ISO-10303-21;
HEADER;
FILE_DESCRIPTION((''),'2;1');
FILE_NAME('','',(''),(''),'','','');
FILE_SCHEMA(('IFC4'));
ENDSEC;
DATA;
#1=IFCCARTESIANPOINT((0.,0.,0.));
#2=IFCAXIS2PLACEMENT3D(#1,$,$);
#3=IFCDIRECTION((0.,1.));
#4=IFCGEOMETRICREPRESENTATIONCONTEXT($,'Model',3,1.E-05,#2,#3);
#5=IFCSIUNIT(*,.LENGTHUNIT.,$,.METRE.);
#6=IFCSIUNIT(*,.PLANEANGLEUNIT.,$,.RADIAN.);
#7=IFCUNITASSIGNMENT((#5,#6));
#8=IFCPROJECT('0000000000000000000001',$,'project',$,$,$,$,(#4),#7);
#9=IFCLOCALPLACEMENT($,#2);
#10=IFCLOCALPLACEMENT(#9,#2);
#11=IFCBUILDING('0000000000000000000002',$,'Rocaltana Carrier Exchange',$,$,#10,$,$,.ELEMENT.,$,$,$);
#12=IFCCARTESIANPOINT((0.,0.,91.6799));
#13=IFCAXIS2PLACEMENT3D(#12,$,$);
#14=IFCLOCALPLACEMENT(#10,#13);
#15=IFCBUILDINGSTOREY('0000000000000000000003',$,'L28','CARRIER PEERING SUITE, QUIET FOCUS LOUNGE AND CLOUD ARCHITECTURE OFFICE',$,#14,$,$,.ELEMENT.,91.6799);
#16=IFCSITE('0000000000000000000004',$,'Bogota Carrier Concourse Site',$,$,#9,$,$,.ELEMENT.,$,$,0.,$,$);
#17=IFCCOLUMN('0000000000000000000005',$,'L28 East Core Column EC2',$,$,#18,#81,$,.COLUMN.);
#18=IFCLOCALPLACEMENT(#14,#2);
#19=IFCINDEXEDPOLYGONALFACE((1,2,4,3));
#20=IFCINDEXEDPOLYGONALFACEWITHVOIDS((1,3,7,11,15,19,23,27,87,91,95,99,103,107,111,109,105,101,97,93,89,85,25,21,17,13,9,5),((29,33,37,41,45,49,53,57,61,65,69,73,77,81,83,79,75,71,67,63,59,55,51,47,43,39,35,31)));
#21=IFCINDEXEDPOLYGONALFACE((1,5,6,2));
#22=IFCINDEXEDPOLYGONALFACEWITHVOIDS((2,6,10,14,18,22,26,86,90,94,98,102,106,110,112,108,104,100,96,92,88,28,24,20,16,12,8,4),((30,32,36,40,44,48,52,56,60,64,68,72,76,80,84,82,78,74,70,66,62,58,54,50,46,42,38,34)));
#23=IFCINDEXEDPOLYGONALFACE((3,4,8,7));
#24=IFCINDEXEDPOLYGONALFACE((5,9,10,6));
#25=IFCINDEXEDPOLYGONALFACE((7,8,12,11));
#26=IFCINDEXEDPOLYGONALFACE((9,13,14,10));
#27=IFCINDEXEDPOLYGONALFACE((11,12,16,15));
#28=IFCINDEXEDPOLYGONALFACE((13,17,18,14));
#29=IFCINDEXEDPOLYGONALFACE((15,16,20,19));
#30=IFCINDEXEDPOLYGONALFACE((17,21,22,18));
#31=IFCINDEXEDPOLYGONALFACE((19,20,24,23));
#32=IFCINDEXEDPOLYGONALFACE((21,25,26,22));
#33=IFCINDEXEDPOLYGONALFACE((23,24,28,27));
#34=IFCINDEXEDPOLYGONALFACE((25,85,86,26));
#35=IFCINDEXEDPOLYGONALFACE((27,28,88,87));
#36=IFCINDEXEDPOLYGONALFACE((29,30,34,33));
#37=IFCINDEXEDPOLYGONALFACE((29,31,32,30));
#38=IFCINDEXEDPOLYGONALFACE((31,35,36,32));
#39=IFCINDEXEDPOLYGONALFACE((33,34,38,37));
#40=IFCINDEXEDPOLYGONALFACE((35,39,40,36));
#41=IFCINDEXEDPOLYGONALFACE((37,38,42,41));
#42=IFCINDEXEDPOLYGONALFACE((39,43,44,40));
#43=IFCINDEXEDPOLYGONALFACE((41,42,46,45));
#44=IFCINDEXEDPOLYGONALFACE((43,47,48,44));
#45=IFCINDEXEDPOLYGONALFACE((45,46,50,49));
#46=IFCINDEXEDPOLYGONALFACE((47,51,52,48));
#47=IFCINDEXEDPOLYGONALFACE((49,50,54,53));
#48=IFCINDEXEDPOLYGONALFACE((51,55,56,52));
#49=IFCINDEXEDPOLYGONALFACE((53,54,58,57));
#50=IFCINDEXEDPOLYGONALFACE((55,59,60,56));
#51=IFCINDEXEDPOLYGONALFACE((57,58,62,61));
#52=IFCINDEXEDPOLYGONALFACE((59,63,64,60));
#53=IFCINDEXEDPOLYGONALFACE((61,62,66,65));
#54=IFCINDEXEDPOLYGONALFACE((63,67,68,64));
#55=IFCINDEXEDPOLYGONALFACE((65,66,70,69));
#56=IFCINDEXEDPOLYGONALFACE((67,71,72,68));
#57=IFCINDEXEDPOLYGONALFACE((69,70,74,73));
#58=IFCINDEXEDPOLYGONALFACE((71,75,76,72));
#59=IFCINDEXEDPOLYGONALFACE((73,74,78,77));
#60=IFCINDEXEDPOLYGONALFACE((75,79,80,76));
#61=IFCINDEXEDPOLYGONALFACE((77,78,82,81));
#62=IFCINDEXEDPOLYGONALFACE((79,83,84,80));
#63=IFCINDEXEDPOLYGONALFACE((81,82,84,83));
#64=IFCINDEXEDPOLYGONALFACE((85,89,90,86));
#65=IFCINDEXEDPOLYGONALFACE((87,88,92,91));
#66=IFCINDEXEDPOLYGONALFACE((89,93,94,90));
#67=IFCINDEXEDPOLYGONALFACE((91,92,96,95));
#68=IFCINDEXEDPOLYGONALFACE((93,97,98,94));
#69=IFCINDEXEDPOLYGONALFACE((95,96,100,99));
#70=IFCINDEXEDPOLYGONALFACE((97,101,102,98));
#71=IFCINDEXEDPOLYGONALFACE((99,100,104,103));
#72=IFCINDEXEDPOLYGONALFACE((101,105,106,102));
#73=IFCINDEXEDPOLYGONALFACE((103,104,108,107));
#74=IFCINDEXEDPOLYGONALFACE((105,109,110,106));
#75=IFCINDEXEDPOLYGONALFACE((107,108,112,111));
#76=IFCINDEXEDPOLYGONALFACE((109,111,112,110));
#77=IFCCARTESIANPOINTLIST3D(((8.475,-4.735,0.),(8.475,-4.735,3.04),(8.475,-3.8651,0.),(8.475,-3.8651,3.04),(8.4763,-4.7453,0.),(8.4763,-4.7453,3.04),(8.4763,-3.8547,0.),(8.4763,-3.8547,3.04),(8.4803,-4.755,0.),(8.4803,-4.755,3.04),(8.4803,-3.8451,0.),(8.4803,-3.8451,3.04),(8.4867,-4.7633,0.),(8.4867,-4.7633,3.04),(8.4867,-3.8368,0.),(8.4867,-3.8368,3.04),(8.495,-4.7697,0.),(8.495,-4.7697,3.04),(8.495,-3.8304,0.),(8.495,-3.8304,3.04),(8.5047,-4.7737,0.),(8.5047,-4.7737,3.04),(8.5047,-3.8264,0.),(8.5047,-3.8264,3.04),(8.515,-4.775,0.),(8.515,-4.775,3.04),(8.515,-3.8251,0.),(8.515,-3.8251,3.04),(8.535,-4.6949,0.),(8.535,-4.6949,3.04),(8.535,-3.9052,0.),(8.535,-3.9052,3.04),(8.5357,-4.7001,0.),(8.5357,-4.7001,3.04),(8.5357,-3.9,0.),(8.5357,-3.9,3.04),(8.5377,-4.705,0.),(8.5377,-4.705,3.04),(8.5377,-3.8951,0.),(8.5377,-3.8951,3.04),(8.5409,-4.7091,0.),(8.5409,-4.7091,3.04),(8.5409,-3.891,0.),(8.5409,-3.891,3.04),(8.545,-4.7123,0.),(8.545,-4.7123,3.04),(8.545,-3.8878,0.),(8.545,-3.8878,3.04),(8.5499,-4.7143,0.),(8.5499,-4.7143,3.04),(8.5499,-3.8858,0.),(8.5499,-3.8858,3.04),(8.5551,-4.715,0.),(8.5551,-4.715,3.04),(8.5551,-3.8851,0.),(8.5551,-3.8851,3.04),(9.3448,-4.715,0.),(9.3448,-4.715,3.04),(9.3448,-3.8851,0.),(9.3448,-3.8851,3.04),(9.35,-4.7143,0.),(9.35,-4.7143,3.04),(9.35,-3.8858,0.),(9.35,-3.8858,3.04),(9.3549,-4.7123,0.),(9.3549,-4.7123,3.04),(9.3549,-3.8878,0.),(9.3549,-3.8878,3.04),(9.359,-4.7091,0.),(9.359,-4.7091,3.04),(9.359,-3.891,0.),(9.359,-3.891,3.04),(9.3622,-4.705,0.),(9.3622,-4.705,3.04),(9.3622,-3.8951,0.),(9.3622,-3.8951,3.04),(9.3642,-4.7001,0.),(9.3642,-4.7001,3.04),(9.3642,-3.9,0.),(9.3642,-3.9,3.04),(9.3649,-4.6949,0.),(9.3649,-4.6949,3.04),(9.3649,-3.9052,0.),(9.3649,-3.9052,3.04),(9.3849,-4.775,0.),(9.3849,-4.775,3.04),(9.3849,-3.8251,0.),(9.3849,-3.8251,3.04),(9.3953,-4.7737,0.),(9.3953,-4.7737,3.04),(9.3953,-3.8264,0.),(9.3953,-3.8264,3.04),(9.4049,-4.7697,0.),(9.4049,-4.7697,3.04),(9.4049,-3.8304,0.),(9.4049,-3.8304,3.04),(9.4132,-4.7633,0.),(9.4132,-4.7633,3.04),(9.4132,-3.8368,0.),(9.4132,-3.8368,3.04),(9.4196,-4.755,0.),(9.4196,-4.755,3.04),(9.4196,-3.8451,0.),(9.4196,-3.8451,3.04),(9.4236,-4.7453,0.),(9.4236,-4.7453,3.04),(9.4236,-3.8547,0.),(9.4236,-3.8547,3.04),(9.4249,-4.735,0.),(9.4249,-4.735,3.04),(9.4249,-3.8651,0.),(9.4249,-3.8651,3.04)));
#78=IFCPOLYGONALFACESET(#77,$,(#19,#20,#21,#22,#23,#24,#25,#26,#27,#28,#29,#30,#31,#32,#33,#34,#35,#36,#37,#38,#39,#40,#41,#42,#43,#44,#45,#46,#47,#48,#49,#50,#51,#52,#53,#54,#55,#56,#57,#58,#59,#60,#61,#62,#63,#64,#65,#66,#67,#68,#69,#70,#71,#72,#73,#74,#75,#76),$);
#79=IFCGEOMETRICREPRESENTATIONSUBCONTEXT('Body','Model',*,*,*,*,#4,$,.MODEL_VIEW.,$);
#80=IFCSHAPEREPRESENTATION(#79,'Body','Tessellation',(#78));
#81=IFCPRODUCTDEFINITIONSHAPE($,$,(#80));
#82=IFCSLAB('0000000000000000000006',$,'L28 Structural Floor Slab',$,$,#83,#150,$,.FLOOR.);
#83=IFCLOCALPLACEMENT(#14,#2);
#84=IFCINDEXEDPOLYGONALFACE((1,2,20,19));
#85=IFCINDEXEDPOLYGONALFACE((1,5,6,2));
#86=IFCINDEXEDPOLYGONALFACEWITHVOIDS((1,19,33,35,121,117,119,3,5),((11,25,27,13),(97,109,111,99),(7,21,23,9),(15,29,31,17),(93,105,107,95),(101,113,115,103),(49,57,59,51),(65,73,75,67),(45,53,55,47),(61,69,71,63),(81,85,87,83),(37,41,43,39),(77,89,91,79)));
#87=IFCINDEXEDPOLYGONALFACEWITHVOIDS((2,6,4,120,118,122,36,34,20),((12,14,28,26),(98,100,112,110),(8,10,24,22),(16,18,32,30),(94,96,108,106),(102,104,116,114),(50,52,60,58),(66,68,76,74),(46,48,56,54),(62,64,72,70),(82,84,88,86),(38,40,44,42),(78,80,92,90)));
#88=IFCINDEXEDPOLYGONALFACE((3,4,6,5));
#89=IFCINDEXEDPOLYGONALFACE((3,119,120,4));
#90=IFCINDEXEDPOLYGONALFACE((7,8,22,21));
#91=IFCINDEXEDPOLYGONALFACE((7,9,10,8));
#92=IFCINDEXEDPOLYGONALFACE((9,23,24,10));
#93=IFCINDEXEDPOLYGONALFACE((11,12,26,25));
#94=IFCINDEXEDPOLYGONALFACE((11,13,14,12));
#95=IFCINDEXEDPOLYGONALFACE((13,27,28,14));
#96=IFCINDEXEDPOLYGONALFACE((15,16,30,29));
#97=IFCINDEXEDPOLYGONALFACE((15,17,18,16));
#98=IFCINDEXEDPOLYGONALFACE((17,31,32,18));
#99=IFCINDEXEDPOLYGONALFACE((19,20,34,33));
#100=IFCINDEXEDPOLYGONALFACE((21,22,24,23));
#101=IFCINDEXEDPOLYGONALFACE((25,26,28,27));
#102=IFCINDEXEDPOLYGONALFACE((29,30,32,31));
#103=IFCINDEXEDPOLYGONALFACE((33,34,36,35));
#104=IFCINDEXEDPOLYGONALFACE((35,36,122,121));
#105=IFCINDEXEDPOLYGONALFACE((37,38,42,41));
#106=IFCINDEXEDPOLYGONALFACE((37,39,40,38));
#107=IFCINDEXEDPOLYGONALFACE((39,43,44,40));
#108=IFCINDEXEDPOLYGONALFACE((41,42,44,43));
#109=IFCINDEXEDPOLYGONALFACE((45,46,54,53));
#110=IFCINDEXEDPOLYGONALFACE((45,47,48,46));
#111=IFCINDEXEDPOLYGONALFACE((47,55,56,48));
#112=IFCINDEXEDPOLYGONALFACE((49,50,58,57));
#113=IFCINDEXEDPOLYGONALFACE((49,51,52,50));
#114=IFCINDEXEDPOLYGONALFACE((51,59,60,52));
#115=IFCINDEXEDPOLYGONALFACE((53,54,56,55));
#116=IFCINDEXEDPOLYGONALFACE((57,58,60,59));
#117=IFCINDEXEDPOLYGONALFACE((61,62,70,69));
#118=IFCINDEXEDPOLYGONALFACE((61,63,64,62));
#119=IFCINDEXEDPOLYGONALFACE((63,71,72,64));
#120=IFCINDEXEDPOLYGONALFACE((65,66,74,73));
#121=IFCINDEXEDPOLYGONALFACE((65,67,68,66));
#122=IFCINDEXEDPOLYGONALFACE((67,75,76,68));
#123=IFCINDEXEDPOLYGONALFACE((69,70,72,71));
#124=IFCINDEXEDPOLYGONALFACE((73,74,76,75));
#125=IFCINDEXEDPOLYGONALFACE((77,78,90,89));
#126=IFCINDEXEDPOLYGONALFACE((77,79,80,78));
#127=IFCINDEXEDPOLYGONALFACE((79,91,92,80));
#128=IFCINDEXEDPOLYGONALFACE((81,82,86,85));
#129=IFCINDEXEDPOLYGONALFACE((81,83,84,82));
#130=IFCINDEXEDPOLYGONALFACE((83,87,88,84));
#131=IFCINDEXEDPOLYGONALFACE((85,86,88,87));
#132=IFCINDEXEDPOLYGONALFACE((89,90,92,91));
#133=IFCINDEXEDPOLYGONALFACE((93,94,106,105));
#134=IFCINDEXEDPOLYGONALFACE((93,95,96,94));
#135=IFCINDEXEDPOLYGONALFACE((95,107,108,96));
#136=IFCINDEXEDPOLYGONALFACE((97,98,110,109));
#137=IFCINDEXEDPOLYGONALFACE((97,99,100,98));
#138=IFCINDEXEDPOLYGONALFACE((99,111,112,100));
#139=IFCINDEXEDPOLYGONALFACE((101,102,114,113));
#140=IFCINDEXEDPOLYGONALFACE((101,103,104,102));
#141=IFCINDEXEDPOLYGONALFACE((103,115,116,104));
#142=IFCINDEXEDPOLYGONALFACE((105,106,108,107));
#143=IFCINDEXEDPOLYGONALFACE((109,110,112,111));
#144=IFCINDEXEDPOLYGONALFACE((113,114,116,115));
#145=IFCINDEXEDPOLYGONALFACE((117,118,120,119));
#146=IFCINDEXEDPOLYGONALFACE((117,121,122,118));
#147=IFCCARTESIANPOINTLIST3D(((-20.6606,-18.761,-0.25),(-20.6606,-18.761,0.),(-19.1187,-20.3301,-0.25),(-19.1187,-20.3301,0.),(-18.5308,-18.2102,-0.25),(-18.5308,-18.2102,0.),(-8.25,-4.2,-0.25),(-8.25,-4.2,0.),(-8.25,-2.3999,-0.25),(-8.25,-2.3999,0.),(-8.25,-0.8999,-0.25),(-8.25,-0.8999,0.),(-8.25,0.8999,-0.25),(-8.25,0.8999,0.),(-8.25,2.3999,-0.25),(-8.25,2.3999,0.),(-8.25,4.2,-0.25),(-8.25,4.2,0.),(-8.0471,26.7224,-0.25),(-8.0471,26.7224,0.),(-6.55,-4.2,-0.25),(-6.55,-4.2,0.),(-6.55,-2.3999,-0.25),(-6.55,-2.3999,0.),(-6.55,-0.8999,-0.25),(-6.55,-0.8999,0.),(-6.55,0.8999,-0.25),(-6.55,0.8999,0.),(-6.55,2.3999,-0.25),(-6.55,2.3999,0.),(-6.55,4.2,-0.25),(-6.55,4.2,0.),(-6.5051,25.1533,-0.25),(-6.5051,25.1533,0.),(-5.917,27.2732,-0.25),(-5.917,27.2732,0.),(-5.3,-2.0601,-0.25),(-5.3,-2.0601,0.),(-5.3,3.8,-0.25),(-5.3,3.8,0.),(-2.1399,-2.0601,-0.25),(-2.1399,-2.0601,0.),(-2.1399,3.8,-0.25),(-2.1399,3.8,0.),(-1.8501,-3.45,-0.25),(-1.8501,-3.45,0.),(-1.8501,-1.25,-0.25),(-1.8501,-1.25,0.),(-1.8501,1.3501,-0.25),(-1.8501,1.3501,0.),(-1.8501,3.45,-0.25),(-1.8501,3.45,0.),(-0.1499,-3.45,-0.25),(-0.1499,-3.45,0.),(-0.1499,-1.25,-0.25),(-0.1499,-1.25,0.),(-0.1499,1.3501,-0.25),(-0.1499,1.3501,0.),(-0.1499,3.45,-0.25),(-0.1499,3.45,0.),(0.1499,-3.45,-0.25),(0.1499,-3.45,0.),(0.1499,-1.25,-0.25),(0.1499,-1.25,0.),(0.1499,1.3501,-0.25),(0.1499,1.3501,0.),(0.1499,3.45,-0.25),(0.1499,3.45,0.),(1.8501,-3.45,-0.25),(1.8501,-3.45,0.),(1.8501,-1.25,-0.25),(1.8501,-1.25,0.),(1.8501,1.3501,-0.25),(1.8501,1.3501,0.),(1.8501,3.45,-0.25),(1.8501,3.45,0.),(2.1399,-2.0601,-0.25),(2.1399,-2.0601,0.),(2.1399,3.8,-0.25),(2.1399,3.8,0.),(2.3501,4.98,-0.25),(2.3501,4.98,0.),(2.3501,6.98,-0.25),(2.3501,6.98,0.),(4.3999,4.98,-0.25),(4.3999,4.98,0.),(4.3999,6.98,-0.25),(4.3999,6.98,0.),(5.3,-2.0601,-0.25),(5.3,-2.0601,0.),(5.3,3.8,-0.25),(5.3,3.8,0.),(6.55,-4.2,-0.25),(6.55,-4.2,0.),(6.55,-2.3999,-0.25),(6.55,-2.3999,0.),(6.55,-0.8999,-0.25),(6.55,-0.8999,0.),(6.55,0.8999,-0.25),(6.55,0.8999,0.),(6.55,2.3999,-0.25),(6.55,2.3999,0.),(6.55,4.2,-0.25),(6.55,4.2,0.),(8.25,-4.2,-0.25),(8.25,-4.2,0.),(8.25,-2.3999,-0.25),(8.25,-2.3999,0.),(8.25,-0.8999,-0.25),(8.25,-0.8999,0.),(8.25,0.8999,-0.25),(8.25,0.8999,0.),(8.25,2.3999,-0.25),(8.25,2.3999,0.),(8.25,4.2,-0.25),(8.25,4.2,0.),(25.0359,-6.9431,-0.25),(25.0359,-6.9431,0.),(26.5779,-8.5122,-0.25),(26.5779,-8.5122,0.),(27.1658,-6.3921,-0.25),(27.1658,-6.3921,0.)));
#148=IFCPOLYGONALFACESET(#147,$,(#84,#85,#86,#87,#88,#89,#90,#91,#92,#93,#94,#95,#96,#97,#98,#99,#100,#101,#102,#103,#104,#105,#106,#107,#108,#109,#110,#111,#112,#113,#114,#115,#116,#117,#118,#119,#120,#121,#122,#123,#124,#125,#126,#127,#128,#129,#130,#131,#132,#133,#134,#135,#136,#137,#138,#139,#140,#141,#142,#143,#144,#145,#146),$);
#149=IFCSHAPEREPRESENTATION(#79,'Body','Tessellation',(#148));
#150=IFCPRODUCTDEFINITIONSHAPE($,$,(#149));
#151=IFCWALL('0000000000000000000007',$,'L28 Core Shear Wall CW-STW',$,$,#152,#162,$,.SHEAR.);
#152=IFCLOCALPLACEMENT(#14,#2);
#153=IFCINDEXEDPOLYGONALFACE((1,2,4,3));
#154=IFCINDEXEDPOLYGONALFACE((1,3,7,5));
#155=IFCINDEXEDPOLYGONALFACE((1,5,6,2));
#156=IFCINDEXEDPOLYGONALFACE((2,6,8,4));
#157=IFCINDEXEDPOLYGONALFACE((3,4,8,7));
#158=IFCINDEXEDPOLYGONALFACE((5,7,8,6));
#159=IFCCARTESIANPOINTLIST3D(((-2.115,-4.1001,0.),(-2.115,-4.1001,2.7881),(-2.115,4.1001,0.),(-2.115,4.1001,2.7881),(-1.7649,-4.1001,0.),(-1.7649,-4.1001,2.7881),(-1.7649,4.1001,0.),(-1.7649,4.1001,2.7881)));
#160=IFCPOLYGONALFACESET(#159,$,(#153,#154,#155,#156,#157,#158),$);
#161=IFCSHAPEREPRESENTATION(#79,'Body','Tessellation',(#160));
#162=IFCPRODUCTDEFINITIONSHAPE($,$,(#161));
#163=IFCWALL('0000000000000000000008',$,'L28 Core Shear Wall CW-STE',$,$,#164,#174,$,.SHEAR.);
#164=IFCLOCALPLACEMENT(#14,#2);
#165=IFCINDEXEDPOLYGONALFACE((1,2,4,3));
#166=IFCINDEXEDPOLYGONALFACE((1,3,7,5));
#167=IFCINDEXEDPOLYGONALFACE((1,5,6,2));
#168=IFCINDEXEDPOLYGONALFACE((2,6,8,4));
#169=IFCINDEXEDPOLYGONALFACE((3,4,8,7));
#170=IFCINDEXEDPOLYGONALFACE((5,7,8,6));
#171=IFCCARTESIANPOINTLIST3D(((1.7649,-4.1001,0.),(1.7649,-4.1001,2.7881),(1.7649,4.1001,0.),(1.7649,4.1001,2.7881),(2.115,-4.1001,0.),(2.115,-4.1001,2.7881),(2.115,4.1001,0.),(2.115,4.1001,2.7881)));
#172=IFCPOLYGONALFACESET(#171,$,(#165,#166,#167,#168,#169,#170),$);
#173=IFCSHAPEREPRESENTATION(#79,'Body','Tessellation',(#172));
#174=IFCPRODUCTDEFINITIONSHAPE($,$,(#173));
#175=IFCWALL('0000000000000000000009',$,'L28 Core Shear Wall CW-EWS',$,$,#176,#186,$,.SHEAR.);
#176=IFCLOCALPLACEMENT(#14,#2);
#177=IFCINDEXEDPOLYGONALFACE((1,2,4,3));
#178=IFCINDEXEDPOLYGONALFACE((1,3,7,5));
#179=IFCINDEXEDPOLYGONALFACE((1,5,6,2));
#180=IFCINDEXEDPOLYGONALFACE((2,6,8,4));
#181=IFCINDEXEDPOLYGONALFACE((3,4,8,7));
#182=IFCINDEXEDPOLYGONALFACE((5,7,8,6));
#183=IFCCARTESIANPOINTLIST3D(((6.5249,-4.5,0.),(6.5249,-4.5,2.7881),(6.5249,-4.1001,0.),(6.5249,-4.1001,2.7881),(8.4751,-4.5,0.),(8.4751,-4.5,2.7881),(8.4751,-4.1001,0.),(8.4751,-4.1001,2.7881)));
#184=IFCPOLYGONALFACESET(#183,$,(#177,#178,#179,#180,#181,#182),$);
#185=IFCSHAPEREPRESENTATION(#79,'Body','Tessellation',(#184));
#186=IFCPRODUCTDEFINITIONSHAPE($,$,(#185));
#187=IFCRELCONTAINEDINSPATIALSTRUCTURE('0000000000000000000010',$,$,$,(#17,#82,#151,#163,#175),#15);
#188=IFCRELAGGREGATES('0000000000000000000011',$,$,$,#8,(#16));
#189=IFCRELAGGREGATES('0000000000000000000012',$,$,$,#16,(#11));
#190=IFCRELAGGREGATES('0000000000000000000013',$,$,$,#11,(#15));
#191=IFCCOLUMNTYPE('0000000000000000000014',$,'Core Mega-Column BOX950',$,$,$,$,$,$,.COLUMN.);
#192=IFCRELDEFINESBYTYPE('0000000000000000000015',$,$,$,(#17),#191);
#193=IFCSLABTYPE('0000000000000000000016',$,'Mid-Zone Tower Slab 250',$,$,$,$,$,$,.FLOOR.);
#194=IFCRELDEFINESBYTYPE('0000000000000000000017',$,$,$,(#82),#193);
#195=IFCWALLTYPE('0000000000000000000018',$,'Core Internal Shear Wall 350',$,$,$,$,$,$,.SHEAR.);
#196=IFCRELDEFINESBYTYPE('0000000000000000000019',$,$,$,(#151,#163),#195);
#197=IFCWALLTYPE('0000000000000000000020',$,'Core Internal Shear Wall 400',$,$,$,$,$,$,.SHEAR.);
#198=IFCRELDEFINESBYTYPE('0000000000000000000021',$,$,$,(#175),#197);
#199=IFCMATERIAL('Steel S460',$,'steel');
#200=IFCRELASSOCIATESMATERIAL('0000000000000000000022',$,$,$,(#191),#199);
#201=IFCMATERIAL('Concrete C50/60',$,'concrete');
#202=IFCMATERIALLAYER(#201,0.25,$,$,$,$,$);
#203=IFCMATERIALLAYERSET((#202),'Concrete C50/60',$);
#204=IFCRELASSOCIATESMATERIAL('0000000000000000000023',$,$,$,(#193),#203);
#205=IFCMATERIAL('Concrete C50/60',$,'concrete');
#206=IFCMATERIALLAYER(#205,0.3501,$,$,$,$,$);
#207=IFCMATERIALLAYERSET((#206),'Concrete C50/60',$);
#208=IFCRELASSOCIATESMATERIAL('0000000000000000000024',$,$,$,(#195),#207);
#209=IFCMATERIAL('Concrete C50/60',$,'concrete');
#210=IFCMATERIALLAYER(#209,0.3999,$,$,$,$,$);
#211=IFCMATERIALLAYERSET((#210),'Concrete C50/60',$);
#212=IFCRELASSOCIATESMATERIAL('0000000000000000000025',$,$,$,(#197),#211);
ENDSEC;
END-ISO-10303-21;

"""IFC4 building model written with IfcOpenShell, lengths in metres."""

from ifc_helpers import new_model, si_unit, direction, frame, frame_2d, origin, origin_2d, place, context, subcontext, project, spatial, polyline, rectangle, hollow_rectangle, outline, extrude, material, layer, layer_set, material_profile, profile_set, type_object, element, save


model = new_model("IFC4")

# Units and contexts
model_context = context("Model", 3, precision=1e-05, world=origin(), true_north=direction((0.0, 1.0)))
body_context = subcontext(model_context, "Body", "Model", "MODEL_VIEW")
ifc_project = project(units=[si_unit("LENGTHUNIT", "METRE"), si_unit("PLANEANGLEUNIT", "RADIAN")], contexts=[model_context])

# Site, building, storey
site_placement = place(None, origin())
site = spatial("IfcSite", under=ifc_project, at=site_placement, Name="Bogota Carrier Concourse Site", CompositionType="ELEMENT", RefElevation=0.0)
building_placement = place(site_placement, origin())
building = spatial("IfcBuilding", under=site, at=building_placement, Name="Rocaltana Carrier Exchange", CompositionType="ELEMENT")
storey_placement = place(building_placement, frame((0.0, 0.0, 91.6799)))
storey = spatial("IfcBuildingStorey", under=building, at=storey_placement, Name="L28", Description="CARRIER PEERING SUITE, QUIET FOCUS LOUNGE AND CLOUD ARCHITECTURE OFFICE", CompositionType="ELEMENT", Elevation=91.6799)

# Column
ifc_material_1 = material(Name="Steel S460", Category="steel")
ifc_material_profile = material_profile(ifc_material_1, hollow_rectangle(XDim=0.95, YDim=0.95, WallThickness=0.0601, InnerFilletRadius=0.02, OuterFilletRadius=0.04, at=origin_2d()), Name="BOX950X950X60")
ifc_profile_set = profile_set([ifc_material_profile], Name="Steel S460")
column_type = type_object("IfcColumnType", Name="Core Mega-Column BOX950", PredefinedType="COLUMN", material=ifc_profile_set)
column_placement = place(storey_placement, frame((8.95, -4.3, 0.0), z_axis=(0.0, 0.0, 1.0), x_axis=(1.0, 0.0, 0.0)))
element("IfcColumn", 1, at=column_placement, inside=storey, type_object=column_type, Name="L28 East Core Column EC2", PredefinedType="COLUMN", context=body_context, shape_type="SweptSolid", body=[
    extrude(hollow_rectangle(XDim=0.95, YDim=0.95, WallThickness=0.0601, InnerFilletRadius=0.02, OuterFilletRadius=0.04, at=origin_2d()), origin(), (0.0, 0.0, 1.0), 3.04),
])

# Slab
ifc_material_2 = material(Name="Concrete C50/60", Category="concrete")
ifc_layer_1 = layer(ifc_material_2, 0.25)
ifc_layer_set_1 = layer_set([ifc_layer_1], Name="Concrete C50/60")
slab_type = type_object("IfcSlabType", Name="Mid-Zone Tower Slab 250", PredefinedType="FLOOR", material=ifc_layer_set_1)
slab_placement = place(storey_placement, frame((0.0, 0.0, -0.25)))
element("IfcSlab", 2, at=slab_placement, inside=storey, type_object=slab_type, Name="L28 Structural Floor Slab", PredefinedType="FLOOR", context=body_context, shape_type="SweptSolid", body=[
    extrude(outline(polyline([(26.5779, -8.5122), (25.0359, -6.9431), (27.1658, -6.3921), (-5.917, 27.2732), (-6.5051, 25.1533), (-8.0471, 26.7224), (-20.6606, -18.761), (-18.5308, -18.2102), (-19.1187, -20.3301), (26.5779, -8.5122)]), holes=[polyline([(-5.3, -2.0601), (-2.1399, -2.0601), (-2.1399, 3.8), (-5.3, 3.8), (-5.3, -2.0601)]), polyline([(2.1399, -2.0601), (5.3, -2.0601), (5.3, 3.8), (2.1399, 3.8), (2.1399, -2.0601)]), polyline([(-1.8501, -3.45), (-0.1499, -3.45), (-0.1499, -1.25), (-1.8501, -1.25), (-1.8501, -3.45)]), polyline([(0.1499, -3.45), (1.8501, -3.45), (1.8501, -1.25), (0.1499, -1.25), (0.1499, -3.45)]), polyline([(2.3501, 4.98), (4.3999, 4.98), (4.3999, 6.98), (2.3501, 6.98), (2.3501, 4.98)]), polyline([(-1.8501, 1.3501), (-0.1499, 1.3501), (-0.1499, 3.45), (-1.8501, 3.45), (-1.8501, 1.3501)]), polyline([(0.1499, 1.3501), (1.8501, 1.3501), (1.8501, 3.45), (0.1499, 3.45), (0.1499, 1.3501)]), polyline([(-8.25, -4.2), (-6.55, -4.2), (-6.55, -2.3999), (-8.25, -2.3999), (-8.25, -4.2)]), polyline([(-8.25, -0.8999), (-6.55, -0.8999), (-6.55, 0.8999), (-8.25, 0.8999), (-8.25, -0.8999)]), polyline([(-8.25, 2.3999), (-6.55, 2.3999), (-6.55, 4.2), (-8.25, 4.2), (-8.25, 2.3999)]), polyline([(6.55, -4.2), (8.25, -4.2), (8.25, -2.3999), (6.55, -2.3999), (6.55, -4.2)]), polyline([(6.55, -0.8999), (8.25, -0.8999), (8.25, 0.8999), (6.55, 0.8999), (6.55, -0.8999)]), polyline([(6.55, 2.3999), (8.25, 2.3999), (8.25, 4.2), (6.55, 4.2), (6.55, 2.3999)])]), origin(), (0.0, 0.0, 1.0), 0.25),
])

# Walls
ifc_material_3 = material(Name="Concrete C50/60", Category="concrete")
ifc_layer_2 = layer(ifc_material_3, 0.3501)
ifc_layer_set_2 = layer_set([ifc_layer_2], Name="Concrete C50/60")
wall_type_1 = type_object("IfcWallType", Name="Core Internal Shear Wall 350", PredefinedType="SHEAR", material=ifc_layer_set_2)
for number, where, z_axis, x_axis, name in (
    (3, (-1.9399, -4.1001, 0.0), (0.0, 0.0, 1.0), (0.0, 1.0, 0.0), "L28 Core Shear Wall CW-STW"),
    (4, (1.9399, -4.1001, 0.0), (0.0, 0.0, 1.0), (0.0, 1.0, 0.0), "L28 Core Shear Wall CW-STE"),
):
    element("IfcWall", number, at=place(storey_placement, frame(where, z_axis=z_axis, x_axis=x_axis)), inside=storey, type_object=wall_type_1, Name=name, PredefinedType="SHEAR", context=body_context, shape_type="SweptSolid", body=[
        extrude(rectangle(XDim=8.2002, YDim=0.3501, at=frame_2d((4.1001, 0.0))), origin(), (0.0, 0.0, 1.0), 2.7881),
    ])
ifc_material_4 = material(Name="Concrete C50/60", Category="concrete")
ifc_layer_3 = layer(ifc_material_4, 0.3999)
ifc_layer_set_3 = layer_set([ifc_layer_3], Name="Concrete C50/60")
wall_type_2 = type_object("IfcWallType", Name="Core Internal Shear Wall 400", PredefinedType="SHEAR", material=ifc_layer_set_3)
wall_1_placement = place(storey_placement, frame((6.5249, -4.3, 0.0), z_axis=(0.0, 0.0, 1.0), x_axis=(1.0, 0.0, 0.0)))
element("IfcWall", 5, at=wall_1_placement, inside=storey, type_object=wall_type_2, Name="L28 Core Shear Wall CW-EWS", PredefinedType="SHEAR", context=body_context, shape_type="SweptSolid", body=[
    extrude(rectangle(XDim=1.9502, YDim=0.3999, at=frame_2d((0.9751, 0.0))), origin(), (0.0, 0.0, 1.0), 2.7881),
])

save(model, "model.ifc")
